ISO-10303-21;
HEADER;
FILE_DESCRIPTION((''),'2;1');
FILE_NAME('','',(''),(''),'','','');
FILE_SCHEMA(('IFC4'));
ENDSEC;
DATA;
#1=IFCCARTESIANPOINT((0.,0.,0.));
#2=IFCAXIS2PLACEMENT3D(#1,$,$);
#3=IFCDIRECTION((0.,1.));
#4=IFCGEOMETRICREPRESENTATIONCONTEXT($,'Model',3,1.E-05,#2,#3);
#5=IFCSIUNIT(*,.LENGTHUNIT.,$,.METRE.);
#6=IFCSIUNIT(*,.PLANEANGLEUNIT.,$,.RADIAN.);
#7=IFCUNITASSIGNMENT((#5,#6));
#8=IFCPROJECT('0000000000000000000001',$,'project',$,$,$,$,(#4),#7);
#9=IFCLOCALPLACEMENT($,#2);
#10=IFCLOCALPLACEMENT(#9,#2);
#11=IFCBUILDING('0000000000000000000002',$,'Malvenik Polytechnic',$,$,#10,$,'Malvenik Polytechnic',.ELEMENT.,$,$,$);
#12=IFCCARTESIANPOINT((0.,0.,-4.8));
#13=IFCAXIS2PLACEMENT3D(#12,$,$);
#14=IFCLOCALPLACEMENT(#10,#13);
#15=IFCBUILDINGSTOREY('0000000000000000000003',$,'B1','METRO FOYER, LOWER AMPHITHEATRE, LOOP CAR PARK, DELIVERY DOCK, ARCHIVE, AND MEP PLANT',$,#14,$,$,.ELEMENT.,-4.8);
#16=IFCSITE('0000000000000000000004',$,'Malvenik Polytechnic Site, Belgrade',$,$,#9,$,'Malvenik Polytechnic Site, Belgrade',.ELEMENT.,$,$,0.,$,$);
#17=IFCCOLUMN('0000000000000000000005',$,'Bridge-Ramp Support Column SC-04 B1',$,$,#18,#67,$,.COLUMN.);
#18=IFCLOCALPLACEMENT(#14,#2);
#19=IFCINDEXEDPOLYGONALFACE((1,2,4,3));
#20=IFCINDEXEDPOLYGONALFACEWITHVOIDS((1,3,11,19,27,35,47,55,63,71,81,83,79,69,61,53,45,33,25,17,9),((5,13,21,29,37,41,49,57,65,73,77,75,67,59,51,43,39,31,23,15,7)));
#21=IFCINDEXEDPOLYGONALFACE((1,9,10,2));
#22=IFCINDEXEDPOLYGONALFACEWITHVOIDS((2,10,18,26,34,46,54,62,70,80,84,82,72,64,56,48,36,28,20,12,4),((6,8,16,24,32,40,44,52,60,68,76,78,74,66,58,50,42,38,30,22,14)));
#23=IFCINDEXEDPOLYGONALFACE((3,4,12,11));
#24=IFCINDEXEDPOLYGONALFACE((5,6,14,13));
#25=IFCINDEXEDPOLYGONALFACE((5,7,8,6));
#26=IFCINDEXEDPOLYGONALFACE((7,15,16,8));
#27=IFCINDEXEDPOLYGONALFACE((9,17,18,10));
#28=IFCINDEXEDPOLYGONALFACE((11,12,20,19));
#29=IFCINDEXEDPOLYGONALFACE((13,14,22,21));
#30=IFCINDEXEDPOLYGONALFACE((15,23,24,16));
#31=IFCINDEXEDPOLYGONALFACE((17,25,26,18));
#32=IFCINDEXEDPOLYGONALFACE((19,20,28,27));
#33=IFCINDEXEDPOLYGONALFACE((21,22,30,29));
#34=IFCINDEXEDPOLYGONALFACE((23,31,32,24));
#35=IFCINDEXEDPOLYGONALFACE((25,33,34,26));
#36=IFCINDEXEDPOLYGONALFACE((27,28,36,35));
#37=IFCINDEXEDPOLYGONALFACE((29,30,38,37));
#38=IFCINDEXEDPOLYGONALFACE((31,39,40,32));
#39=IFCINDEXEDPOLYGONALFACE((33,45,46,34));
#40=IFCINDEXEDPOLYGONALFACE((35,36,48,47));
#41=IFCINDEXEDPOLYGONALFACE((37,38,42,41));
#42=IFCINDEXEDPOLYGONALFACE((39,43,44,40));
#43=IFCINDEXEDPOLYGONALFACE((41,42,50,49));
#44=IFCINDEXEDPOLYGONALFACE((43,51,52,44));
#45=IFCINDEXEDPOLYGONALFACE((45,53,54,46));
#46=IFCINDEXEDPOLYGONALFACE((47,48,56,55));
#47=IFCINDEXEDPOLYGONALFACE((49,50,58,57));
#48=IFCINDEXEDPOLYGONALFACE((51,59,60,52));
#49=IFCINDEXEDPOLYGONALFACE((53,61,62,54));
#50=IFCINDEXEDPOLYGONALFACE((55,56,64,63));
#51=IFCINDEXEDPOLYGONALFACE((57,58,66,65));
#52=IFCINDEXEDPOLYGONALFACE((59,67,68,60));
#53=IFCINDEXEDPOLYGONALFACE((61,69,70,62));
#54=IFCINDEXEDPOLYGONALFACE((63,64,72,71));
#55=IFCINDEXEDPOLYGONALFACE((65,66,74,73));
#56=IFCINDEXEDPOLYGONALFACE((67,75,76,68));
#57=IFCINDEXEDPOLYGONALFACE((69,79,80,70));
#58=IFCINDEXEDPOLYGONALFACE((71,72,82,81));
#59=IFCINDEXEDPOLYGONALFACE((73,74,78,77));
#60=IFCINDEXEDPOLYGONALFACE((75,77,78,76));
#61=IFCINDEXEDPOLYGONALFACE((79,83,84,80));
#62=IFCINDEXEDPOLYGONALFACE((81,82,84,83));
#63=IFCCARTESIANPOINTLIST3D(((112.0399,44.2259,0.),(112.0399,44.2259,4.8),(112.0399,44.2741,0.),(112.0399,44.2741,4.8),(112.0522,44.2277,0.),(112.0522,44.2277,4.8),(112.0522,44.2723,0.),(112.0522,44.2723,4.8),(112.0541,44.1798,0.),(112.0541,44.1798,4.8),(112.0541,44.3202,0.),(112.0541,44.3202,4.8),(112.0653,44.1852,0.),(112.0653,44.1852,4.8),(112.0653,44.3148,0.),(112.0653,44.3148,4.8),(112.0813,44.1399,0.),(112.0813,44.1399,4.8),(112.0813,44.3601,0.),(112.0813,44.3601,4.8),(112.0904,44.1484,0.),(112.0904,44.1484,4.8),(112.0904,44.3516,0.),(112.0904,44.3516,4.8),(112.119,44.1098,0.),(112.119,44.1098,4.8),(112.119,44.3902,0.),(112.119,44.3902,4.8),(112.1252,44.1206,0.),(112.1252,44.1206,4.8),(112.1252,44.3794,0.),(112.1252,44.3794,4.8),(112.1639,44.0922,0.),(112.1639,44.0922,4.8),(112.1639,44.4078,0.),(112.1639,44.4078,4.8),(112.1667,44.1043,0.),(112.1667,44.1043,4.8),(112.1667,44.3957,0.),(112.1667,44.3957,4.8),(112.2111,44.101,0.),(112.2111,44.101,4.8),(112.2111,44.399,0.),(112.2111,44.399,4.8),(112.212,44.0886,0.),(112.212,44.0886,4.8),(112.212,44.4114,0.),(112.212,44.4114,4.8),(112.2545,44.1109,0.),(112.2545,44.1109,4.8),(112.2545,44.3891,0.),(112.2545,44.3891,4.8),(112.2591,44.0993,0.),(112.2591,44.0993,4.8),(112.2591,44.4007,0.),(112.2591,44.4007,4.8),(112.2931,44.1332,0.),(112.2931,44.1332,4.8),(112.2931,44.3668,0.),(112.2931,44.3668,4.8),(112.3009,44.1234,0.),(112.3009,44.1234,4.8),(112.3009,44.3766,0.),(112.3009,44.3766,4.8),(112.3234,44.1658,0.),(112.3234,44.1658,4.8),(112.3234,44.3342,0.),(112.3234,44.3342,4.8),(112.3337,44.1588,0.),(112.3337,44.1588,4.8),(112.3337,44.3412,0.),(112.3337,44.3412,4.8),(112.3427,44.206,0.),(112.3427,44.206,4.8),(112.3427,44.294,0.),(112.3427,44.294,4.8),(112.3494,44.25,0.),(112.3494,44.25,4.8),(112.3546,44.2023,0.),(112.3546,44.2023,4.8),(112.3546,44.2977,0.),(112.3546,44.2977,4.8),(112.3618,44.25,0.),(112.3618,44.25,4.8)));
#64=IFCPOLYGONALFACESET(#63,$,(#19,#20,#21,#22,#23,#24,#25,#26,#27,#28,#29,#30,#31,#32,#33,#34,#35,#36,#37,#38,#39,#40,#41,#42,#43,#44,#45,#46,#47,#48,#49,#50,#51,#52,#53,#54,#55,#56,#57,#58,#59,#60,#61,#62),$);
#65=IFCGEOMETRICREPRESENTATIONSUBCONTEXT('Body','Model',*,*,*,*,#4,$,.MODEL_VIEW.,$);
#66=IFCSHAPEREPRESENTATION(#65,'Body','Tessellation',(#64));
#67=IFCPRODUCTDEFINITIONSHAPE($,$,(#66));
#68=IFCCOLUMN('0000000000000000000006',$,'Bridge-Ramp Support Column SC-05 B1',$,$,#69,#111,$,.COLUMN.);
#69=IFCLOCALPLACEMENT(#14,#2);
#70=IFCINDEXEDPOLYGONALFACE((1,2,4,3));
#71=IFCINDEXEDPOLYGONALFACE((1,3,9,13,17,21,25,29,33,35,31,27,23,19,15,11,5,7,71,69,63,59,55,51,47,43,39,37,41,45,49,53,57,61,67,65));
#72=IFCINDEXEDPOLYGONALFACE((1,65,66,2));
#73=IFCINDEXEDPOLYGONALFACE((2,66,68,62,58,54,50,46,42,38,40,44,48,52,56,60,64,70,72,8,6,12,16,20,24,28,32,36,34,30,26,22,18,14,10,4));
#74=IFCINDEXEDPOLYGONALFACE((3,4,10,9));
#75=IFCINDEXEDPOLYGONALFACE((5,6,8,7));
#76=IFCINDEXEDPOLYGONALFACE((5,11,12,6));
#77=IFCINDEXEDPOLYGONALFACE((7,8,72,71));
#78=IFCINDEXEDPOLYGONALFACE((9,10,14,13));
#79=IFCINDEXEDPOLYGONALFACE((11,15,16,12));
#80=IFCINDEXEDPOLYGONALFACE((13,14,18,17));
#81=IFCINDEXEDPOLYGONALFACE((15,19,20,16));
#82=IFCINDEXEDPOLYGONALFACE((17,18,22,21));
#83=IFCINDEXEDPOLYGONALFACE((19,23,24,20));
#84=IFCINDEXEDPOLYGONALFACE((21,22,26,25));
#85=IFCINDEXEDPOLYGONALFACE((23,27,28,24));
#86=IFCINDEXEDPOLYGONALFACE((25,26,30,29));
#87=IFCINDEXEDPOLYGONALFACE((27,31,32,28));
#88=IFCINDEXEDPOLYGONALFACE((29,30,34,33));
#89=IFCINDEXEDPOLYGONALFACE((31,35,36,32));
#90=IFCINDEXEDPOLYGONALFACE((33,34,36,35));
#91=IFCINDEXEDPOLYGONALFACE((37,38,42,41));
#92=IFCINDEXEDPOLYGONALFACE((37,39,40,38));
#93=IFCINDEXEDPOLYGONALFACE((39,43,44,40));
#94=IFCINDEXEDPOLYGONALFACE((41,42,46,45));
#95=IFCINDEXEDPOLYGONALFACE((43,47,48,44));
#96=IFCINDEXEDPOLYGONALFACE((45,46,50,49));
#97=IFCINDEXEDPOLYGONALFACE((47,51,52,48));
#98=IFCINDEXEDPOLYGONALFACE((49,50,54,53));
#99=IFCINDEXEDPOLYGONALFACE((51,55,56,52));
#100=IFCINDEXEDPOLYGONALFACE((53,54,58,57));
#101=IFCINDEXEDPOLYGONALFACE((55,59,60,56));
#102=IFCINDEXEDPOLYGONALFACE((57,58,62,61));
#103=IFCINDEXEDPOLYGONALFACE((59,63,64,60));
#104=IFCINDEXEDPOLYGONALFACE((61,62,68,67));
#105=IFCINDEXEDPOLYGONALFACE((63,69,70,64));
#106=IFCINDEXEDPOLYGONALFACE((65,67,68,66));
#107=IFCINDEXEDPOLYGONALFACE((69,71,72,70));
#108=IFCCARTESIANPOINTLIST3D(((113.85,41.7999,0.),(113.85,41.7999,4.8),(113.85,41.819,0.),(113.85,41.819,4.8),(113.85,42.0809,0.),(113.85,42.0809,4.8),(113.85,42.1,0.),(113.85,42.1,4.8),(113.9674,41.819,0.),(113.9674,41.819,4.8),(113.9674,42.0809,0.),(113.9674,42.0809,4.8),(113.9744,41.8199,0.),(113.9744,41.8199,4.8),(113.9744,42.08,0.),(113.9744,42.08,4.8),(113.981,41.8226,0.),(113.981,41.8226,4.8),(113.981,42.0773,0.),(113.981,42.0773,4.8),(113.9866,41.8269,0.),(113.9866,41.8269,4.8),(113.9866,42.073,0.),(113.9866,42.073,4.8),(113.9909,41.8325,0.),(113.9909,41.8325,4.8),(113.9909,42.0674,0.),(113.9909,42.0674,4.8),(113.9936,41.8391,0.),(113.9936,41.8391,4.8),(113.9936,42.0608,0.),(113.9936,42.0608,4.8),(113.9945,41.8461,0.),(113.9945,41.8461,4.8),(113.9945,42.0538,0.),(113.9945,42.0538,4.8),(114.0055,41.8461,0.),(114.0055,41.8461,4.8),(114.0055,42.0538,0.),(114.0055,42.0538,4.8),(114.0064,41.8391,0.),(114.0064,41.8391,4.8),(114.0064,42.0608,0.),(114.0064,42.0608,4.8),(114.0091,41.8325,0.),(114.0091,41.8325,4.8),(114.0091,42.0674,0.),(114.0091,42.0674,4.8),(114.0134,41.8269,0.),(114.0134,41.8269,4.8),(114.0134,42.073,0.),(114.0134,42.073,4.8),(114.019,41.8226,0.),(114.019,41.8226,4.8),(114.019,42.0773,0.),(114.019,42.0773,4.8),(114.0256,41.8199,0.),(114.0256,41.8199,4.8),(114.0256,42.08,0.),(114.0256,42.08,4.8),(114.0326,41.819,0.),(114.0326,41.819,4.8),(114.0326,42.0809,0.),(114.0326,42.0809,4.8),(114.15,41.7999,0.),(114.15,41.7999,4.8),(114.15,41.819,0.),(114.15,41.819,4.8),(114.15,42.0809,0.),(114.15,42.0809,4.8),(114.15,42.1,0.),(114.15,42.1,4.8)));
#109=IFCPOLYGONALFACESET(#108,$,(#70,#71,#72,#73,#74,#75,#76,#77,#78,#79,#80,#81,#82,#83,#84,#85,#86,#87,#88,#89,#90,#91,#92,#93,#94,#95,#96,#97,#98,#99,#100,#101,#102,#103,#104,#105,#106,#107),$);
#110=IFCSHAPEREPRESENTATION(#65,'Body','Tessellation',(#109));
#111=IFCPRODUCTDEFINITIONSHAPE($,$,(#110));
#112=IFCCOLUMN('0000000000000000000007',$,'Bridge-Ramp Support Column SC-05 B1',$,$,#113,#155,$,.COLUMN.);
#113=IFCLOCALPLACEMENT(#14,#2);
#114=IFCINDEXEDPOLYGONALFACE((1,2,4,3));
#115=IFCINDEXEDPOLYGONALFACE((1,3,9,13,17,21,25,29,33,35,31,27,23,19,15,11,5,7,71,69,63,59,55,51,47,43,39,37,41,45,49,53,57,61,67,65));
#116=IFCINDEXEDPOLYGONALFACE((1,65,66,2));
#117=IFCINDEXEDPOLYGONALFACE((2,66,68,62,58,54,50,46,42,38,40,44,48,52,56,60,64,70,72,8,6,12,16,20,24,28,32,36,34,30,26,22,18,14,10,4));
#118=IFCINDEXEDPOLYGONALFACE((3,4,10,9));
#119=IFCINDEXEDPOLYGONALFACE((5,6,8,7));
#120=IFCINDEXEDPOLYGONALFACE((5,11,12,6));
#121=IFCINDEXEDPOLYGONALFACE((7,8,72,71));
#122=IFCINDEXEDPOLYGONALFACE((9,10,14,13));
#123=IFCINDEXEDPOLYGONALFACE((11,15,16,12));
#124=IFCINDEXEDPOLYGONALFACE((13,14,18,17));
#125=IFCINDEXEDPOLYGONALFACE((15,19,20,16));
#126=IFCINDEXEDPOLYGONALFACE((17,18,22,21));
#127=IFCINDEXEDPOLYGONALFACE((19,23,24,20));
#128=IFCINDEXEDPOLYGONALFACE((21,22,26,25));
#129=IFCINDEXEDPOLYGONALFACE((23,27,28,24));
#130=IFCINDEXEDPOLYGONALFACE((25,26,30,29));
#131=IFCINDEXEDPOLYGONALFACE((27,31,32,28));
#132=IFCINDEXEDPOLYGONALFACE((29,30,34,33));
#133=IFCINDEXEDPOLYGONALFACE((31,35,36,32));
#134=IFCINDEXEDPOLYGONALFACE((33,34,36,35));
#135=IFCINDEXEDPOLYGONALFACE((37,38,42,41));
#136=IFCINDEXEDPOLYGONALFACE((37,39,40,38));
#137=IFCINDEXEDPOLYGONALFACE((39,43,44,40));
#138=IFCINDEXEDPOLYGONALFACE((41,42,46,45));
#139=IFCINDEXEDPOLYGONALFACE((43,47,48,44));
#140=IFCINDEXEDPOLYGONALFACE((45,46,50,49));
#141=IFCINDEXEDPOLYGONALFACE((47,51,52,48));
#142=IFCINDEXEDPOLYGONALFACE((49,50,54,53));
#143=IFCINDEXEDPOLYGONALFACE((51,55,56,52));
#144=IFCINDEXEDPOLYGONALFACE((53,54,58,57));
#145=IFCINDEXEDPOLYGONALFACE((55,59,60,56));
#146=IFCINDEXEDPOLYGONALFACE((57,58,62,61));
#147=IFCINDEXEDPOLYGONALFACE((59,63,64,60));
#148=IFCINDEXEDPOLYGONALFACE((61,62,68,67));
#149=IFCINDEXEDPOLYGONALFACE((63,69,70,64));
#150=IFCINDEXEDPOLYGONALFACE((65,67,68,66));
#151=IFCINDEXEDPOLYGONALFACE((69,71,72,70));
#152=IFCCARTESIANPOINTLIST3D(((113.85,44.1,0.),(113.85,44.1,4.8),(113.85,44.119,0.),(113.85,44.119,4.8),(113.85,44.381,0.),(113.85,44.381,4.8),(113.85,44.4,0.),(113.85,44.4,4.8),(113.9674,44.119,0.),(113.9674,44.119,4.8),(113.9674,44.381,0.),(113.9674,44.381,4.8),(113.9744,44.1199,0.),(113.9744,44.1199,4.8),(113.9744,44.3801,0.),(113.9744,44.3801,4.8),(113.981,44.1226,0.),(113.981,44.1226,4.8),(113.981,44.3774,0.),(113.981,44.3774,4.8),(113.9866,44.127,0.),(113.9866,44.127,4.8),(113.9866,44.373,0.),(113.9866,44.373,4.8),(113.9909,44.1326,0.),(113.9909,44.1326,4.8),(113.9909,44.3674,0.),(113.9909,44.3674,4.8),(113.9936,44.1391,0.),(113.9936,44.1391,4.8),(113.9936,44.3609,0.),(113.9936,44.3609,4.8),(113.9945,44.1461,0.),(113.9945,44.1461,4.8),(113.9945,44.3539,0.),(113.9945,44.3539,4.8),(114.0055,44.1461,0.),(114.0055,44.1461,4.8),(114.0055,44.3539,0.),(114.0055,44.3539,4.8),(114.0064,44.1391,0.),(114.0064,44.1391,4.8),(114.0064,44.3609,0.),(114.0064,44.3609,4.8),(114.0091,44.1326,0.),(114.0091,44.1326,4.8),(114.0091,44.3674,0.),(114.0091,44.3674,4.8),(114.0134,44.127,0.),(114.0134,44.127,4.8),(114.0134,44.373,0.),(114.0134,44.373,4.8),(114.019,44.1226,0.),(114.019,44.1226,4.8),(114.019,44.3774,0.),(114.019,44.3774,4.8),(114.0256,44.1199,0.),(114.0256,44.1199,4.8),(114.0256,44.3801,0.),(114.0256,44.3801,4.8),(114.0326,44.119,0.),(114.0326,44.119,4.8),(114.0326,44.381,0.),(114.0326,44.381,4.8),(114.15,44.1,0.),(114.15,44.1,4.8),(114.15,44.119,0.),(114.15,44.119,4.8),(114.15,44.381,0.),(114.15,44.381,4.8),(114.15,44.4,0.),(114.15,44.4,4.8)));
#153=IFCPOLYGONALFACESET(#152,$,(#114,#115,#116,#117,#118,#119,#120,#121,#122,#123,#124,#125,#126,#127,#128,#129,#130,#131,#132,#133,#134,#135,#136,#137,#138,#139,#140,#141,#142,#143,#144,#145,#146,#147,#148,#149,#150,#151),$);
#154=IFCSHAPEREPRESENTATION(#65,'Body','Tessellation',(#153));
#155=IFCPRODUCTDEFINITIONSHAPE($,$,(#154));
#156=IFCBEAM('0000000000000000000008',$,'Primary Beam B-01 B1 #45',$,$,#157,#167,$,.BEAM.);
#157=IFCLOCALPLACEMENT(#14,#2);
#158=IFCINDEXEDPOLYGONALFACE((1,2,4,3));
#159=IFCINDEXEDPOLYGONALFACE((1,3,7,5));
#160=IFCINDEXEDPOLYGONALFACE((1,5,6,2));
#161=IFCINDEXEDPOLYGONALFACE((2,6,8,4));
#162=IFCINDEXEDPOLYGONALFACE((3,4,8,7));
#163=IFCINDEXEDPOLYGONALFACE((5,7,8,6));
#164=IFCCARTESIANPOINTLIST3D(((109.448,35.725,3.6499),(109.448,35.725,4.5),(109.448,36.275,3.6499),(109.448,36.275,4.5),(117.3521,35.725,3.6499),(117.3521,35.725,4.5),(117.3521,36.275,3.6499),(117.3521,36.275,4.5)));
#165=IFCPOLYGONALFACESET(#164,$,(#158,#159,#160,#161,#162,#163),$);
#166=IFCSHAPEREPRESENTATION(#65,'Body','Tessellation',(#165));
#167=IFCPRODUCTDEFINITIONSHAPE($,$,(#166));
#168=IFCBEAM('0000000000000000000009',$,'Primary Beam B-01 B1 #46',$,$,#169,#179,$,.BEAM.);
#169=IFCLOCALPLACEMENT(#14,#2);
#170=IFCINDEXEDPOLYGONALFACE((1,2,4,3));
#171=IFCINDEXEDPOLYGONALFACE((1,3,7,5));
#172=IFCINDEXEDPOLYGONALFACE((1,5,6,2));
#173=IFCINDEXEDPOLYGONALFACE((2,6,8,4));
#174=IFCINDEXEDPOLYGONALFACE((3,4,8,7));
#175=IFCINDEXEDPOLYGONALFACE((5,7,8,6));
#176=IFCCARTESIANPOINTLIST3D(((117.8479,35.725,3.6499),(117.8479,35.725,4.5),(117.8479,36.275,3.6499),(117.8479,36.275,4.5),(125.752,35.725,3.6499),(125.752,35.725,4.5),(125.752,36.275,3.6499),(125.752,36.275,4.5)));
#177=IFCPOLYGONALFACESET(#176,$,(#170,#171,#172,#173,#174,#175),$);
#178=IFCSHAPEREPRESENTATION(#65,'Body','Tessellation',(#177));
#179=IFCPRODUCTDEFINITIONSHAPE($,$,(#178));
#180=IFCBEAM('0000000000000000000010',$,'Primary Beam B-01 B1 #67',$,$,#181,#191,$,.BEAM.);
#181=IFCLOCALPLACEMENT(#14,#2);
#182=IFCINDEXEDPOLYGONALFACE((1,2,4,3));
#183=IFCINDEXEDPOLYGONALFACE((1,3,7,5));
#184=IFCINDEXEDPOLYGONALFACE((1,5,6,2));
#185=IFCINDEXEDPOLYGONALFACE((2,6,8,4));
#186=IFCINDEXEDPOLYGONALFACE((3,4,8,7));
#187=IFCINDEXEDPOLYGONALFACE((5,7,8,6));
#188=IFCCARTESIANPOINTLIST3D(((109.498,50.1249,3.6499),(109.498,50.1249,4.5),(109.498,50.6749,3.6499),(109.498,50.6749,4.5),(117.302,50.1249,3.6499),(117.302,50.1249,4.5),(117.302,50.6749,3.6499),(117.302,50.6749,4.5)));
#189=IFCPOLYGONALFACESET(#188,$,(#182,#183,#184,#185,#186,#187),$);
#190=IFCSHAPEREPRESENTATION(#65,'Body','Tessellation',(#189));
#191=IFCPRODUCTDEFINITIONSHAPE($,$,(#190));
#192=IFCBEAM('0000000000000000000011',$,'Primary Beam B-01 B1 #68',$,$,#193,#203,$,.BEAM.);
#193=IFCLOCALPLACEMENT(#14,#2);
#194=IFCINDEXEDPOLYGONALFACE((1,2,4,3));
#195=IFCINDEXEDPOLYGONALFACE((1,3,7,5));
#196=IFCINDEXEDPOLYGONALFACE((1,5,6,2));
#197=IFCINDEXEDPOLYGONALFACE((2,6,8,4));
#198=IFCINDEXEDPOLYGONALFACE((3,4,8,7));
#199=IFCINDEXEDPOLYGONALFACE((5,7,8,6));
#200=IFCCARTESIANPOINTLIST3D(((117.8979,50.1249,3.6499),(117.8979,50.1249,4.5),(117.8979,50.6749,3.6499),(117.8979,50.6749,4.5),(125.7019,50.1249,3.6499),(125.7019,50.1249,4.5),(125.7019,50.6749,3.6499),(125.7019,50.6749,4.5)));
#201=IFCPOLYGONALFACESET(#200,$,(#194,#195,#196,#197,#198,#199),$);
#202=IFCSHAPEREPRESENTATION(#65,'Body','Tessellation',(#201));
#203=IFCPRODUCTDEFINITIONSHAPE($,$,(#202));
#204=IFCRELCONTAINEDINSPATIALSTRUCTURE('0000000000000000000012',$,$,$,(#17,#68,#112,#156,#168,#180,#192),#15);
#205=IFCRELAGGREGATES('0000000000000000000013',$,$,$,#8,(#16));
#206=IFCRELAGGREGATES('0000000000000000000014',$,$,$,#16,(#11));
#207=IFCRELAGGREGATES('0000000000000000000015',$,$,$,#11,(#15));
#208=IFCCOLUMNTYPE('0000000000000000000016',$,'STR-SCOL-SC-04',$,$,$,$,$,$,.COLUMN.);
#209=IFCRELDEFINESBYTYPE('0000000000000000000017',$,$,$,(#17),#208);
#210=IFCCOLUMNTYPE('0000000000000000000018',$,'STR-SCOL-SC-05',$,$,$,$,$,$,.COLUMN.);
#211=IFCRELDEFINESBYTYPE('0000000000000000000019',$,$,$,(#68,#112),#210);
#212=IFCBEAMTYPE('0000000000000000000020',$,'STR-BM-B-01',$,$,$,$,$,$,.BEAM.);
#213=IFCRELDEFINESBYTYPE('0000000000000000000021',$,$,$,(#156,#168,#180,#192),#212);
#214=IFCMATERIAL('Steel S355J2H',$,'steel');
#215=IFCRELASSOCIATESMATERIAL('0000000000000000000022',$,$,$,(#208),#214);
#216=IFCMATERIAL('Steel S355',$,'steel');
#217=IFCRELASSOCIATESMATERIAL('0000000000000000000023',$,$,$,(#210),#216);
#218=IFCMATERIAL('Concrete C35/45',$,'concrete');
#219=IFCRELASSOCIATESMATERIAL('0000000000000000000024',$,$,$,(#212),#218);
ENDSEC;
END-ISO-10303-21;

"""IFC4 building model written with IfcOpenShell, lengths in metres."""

from ifc_helpers import new_model, si_unit, direction, frame, origin, origin_2d, place, context, subcontext, project, spatial, rectangle, hollow_circle, i_section, extrude, material, material_profile, profile_set, type_object, element, save


model = new_model("IFC4")

# Units and contexts
model_context = context("Model", 3, precision=1e-05, world=origin(), true_north=direction((0.0, 1.0)))
body_context = subcontext(model_context, "Body", "Model", "MODEL_VIEW")
ifc_project = project(units=[si_unit("LENGTHUNIT", "METRE"), si_unit("PLANEANGLEUNIT", "RADIAN")], contexts=[model_context])

# Site, building, storey
site_placement = place(None, origin())
site = spatial("IfcSite", under=ifc_project, at=site_placement, Name="Malvenik Polytechnic Site, Belgrade", LongName="Malvenik Polytechnic Site, Belgrade", CompositionType="ELEMENT", RefElevation=0.0)
building_placement = place(site_placement, origin())
building = spatial("IfcBuilding", under=site, at=building_placement, Name="Malvenik Polytechnic", LongName="Malvenik Polytechnic", CompositionType="ELEMENT")
storey_placement = place(building_placement, frame((0.0, 0.0, -4.8)))
storey = spatial("IfcBuildingStorey", under=building, at=storey_placement, Name="B1", Description="METRO FOYER, LOWER AMPHITHEATRE, LOOP CAR PARK, DELIVERY DOCK, ARCHIVE, AND MEP PLANT", CompositionType="ELEMENT", Elevation=-4.8)

# Shared definitions
ifc_material_1 = material(Name="Concrete C35/45", Category="concrete")

# Columns
ifc_material_2 = material(Name="Steel S355J2H", Category="steel")
ifc_material_profile_1 = material_profile(ifc_material_2, hollow_circle(Radius=0.1619, WallThickness=0.0125, at=origin_2d()), Name="CHS 323.9x12.5")
ifc_profile_set_1 = profile_set([ifc_material_profile_1], Name="Steel S355J2H")
column_type_1 = type_object("IfcColumnType", Name="STR-SCOL-SC-04", PredefinedType="COLUMN", material=ifc_profile_set_1)
for number, where, z_axis, x_axis, name in (
    (1, (112.2, 44.25, 0.0), (0.0, 0.0, 1.0), (1.0, 0.0, 0.0), "Bridge-Ramp Support Column SC-04 B1"),
):
    element("IfcColumn", number, at=place(storey_placement, frame(where, z_axis=z_axis, x_axis=x_axis)), inside=storey, type_object=column_type_1, Name=name, PredefinedType="COLUMN", context=body_context, shape_type="SweptSolid", body=[
        extrude(hollow_circle(Radius=0.1619, WallThickness=0.0125, at=origin_2d()), origin(), (0.0, 0.0, 1.0), 4.8),
    ])
ifc_material_3 = material(Name="Steel S355", Category="steel")
ifc_material_profile_2 = material_profile(ifc_material_3, i_section(OverallWidth=0.3, OverallDepth=0.3, WebThickness=0.011, FlangeThickness=0.019, FilletRadius=0.0271, at=origin_2d()), Name="HEB 300")
ifc_profile_set_2 = profile_set([ifc_material_profile_2], Name="Steel S355")
column_type_2 = type_object("IfcColumnType", Name="STR-SCOL-SC-05", PredefinedType="COLUMN", material=ifc_profile_set_2)
for number, where, z_axis, x_axis, name in (
    (2, (114.0, 41.95, 0.0), (0.0, 0.0, 1.0), (1.0, 0.0, 0.0), "Bridge-Ramp Support Column SC-05 B1"),
    (3, (114.0, 44.25, 0.0), (0.0, 0.0, 1.0), (1.0, 0.0, 0.0), "Bridge-Ramp Support Column SC-05 B1"),
):
    element("IfcColumn", number, at=place(storey_placement, frame(where, z_axis=z_axis, x_axis=x_axis)), inside=storey, type_object=column_type_2, Name=name, PredefinedType="COLUMN", context=body_context, shape_type="SweptSolid", body=[
        extrude(i_section(OverallWidth=0.3, OverallDepth=0.3, WebThickness=0.011, FlangeThickness=0.019, FilletRadius=0.0271, at=origin_2d()), origin(), (0.0, 0.0, 1.0), 4.8),
    ])

# Beams
ifc_material_profile_3 = material_profile(ifc_material_1, rectangle(XDim=0.55, YDim=0.8501, at=origin_2d()), Name="RC BM 550x850")
ifc_profile_set_3 = profile_set([ifc_material_profile_3], Name="Concrete C35/45")
beam_type_1 = type_object("IfcBeamType", Name="STR-BM-B-01", PredefinedType="BEAM", material=ifc_profile_set_3)
for number, where, z_axis, x_axis, name in (
    (4, (109.448, 36.0, 4.075), (1.0, 0.0, 0.0), (0.0, 1.0, 0.0), "Primary Beam B-01 B1 #45"),
    (5, (117.8479, 36.0, 4.075), (1.0, 0.0, 0.0), (0.0, 1.0, 0.0), "Primary Beam B-01 B1 #46"),
):
    element("IfcBeam", number, at=place(storey_placement, frame(where, z_axis=z_axis, x_axis=x_axis)), inside=storey, type_object=beam_type_1, Name=name, PredefinedType="BEAM", context=body_context, shape_type="SweptSolid", body=[
        extrude(rectangle(XDim=0.55, YDim=0.8501, at=origin_2d()), origin(), (0.0, 0.0, 1.0), 7.9041),
    ])
for number, where, z_axis, x_axis, name in (
    (6, (109.498, 50.3999, 4.075), (1.0, 0.0, 0.0), (0.0, 1.0, 0.0), "Primary Beam B-01 B1 #67"),
    (7, (117.8979, 50.3999, 4.075), (1.0, 0.0, 0.0), (0.0, 1.0, 0.0), "Primary Beam B-01 B1 #68"),
):
    element("IfcBeam", number, at=place(storey_placement, frame(where, z_axis=z_axis, x_axis=x_axis)), inside=storey, type_object=beam_type_1, Name=name, PredefinedType="BEAM", context=body_context, shape_type="SweptSolid", body=[
        extrude(rectangle(XDim=0.55, YDim=0.8501, at=origin_2d()), origin(), (0.0, 0.0, 1.0), 7.804),
    ])

save(model, "model.ifc")
